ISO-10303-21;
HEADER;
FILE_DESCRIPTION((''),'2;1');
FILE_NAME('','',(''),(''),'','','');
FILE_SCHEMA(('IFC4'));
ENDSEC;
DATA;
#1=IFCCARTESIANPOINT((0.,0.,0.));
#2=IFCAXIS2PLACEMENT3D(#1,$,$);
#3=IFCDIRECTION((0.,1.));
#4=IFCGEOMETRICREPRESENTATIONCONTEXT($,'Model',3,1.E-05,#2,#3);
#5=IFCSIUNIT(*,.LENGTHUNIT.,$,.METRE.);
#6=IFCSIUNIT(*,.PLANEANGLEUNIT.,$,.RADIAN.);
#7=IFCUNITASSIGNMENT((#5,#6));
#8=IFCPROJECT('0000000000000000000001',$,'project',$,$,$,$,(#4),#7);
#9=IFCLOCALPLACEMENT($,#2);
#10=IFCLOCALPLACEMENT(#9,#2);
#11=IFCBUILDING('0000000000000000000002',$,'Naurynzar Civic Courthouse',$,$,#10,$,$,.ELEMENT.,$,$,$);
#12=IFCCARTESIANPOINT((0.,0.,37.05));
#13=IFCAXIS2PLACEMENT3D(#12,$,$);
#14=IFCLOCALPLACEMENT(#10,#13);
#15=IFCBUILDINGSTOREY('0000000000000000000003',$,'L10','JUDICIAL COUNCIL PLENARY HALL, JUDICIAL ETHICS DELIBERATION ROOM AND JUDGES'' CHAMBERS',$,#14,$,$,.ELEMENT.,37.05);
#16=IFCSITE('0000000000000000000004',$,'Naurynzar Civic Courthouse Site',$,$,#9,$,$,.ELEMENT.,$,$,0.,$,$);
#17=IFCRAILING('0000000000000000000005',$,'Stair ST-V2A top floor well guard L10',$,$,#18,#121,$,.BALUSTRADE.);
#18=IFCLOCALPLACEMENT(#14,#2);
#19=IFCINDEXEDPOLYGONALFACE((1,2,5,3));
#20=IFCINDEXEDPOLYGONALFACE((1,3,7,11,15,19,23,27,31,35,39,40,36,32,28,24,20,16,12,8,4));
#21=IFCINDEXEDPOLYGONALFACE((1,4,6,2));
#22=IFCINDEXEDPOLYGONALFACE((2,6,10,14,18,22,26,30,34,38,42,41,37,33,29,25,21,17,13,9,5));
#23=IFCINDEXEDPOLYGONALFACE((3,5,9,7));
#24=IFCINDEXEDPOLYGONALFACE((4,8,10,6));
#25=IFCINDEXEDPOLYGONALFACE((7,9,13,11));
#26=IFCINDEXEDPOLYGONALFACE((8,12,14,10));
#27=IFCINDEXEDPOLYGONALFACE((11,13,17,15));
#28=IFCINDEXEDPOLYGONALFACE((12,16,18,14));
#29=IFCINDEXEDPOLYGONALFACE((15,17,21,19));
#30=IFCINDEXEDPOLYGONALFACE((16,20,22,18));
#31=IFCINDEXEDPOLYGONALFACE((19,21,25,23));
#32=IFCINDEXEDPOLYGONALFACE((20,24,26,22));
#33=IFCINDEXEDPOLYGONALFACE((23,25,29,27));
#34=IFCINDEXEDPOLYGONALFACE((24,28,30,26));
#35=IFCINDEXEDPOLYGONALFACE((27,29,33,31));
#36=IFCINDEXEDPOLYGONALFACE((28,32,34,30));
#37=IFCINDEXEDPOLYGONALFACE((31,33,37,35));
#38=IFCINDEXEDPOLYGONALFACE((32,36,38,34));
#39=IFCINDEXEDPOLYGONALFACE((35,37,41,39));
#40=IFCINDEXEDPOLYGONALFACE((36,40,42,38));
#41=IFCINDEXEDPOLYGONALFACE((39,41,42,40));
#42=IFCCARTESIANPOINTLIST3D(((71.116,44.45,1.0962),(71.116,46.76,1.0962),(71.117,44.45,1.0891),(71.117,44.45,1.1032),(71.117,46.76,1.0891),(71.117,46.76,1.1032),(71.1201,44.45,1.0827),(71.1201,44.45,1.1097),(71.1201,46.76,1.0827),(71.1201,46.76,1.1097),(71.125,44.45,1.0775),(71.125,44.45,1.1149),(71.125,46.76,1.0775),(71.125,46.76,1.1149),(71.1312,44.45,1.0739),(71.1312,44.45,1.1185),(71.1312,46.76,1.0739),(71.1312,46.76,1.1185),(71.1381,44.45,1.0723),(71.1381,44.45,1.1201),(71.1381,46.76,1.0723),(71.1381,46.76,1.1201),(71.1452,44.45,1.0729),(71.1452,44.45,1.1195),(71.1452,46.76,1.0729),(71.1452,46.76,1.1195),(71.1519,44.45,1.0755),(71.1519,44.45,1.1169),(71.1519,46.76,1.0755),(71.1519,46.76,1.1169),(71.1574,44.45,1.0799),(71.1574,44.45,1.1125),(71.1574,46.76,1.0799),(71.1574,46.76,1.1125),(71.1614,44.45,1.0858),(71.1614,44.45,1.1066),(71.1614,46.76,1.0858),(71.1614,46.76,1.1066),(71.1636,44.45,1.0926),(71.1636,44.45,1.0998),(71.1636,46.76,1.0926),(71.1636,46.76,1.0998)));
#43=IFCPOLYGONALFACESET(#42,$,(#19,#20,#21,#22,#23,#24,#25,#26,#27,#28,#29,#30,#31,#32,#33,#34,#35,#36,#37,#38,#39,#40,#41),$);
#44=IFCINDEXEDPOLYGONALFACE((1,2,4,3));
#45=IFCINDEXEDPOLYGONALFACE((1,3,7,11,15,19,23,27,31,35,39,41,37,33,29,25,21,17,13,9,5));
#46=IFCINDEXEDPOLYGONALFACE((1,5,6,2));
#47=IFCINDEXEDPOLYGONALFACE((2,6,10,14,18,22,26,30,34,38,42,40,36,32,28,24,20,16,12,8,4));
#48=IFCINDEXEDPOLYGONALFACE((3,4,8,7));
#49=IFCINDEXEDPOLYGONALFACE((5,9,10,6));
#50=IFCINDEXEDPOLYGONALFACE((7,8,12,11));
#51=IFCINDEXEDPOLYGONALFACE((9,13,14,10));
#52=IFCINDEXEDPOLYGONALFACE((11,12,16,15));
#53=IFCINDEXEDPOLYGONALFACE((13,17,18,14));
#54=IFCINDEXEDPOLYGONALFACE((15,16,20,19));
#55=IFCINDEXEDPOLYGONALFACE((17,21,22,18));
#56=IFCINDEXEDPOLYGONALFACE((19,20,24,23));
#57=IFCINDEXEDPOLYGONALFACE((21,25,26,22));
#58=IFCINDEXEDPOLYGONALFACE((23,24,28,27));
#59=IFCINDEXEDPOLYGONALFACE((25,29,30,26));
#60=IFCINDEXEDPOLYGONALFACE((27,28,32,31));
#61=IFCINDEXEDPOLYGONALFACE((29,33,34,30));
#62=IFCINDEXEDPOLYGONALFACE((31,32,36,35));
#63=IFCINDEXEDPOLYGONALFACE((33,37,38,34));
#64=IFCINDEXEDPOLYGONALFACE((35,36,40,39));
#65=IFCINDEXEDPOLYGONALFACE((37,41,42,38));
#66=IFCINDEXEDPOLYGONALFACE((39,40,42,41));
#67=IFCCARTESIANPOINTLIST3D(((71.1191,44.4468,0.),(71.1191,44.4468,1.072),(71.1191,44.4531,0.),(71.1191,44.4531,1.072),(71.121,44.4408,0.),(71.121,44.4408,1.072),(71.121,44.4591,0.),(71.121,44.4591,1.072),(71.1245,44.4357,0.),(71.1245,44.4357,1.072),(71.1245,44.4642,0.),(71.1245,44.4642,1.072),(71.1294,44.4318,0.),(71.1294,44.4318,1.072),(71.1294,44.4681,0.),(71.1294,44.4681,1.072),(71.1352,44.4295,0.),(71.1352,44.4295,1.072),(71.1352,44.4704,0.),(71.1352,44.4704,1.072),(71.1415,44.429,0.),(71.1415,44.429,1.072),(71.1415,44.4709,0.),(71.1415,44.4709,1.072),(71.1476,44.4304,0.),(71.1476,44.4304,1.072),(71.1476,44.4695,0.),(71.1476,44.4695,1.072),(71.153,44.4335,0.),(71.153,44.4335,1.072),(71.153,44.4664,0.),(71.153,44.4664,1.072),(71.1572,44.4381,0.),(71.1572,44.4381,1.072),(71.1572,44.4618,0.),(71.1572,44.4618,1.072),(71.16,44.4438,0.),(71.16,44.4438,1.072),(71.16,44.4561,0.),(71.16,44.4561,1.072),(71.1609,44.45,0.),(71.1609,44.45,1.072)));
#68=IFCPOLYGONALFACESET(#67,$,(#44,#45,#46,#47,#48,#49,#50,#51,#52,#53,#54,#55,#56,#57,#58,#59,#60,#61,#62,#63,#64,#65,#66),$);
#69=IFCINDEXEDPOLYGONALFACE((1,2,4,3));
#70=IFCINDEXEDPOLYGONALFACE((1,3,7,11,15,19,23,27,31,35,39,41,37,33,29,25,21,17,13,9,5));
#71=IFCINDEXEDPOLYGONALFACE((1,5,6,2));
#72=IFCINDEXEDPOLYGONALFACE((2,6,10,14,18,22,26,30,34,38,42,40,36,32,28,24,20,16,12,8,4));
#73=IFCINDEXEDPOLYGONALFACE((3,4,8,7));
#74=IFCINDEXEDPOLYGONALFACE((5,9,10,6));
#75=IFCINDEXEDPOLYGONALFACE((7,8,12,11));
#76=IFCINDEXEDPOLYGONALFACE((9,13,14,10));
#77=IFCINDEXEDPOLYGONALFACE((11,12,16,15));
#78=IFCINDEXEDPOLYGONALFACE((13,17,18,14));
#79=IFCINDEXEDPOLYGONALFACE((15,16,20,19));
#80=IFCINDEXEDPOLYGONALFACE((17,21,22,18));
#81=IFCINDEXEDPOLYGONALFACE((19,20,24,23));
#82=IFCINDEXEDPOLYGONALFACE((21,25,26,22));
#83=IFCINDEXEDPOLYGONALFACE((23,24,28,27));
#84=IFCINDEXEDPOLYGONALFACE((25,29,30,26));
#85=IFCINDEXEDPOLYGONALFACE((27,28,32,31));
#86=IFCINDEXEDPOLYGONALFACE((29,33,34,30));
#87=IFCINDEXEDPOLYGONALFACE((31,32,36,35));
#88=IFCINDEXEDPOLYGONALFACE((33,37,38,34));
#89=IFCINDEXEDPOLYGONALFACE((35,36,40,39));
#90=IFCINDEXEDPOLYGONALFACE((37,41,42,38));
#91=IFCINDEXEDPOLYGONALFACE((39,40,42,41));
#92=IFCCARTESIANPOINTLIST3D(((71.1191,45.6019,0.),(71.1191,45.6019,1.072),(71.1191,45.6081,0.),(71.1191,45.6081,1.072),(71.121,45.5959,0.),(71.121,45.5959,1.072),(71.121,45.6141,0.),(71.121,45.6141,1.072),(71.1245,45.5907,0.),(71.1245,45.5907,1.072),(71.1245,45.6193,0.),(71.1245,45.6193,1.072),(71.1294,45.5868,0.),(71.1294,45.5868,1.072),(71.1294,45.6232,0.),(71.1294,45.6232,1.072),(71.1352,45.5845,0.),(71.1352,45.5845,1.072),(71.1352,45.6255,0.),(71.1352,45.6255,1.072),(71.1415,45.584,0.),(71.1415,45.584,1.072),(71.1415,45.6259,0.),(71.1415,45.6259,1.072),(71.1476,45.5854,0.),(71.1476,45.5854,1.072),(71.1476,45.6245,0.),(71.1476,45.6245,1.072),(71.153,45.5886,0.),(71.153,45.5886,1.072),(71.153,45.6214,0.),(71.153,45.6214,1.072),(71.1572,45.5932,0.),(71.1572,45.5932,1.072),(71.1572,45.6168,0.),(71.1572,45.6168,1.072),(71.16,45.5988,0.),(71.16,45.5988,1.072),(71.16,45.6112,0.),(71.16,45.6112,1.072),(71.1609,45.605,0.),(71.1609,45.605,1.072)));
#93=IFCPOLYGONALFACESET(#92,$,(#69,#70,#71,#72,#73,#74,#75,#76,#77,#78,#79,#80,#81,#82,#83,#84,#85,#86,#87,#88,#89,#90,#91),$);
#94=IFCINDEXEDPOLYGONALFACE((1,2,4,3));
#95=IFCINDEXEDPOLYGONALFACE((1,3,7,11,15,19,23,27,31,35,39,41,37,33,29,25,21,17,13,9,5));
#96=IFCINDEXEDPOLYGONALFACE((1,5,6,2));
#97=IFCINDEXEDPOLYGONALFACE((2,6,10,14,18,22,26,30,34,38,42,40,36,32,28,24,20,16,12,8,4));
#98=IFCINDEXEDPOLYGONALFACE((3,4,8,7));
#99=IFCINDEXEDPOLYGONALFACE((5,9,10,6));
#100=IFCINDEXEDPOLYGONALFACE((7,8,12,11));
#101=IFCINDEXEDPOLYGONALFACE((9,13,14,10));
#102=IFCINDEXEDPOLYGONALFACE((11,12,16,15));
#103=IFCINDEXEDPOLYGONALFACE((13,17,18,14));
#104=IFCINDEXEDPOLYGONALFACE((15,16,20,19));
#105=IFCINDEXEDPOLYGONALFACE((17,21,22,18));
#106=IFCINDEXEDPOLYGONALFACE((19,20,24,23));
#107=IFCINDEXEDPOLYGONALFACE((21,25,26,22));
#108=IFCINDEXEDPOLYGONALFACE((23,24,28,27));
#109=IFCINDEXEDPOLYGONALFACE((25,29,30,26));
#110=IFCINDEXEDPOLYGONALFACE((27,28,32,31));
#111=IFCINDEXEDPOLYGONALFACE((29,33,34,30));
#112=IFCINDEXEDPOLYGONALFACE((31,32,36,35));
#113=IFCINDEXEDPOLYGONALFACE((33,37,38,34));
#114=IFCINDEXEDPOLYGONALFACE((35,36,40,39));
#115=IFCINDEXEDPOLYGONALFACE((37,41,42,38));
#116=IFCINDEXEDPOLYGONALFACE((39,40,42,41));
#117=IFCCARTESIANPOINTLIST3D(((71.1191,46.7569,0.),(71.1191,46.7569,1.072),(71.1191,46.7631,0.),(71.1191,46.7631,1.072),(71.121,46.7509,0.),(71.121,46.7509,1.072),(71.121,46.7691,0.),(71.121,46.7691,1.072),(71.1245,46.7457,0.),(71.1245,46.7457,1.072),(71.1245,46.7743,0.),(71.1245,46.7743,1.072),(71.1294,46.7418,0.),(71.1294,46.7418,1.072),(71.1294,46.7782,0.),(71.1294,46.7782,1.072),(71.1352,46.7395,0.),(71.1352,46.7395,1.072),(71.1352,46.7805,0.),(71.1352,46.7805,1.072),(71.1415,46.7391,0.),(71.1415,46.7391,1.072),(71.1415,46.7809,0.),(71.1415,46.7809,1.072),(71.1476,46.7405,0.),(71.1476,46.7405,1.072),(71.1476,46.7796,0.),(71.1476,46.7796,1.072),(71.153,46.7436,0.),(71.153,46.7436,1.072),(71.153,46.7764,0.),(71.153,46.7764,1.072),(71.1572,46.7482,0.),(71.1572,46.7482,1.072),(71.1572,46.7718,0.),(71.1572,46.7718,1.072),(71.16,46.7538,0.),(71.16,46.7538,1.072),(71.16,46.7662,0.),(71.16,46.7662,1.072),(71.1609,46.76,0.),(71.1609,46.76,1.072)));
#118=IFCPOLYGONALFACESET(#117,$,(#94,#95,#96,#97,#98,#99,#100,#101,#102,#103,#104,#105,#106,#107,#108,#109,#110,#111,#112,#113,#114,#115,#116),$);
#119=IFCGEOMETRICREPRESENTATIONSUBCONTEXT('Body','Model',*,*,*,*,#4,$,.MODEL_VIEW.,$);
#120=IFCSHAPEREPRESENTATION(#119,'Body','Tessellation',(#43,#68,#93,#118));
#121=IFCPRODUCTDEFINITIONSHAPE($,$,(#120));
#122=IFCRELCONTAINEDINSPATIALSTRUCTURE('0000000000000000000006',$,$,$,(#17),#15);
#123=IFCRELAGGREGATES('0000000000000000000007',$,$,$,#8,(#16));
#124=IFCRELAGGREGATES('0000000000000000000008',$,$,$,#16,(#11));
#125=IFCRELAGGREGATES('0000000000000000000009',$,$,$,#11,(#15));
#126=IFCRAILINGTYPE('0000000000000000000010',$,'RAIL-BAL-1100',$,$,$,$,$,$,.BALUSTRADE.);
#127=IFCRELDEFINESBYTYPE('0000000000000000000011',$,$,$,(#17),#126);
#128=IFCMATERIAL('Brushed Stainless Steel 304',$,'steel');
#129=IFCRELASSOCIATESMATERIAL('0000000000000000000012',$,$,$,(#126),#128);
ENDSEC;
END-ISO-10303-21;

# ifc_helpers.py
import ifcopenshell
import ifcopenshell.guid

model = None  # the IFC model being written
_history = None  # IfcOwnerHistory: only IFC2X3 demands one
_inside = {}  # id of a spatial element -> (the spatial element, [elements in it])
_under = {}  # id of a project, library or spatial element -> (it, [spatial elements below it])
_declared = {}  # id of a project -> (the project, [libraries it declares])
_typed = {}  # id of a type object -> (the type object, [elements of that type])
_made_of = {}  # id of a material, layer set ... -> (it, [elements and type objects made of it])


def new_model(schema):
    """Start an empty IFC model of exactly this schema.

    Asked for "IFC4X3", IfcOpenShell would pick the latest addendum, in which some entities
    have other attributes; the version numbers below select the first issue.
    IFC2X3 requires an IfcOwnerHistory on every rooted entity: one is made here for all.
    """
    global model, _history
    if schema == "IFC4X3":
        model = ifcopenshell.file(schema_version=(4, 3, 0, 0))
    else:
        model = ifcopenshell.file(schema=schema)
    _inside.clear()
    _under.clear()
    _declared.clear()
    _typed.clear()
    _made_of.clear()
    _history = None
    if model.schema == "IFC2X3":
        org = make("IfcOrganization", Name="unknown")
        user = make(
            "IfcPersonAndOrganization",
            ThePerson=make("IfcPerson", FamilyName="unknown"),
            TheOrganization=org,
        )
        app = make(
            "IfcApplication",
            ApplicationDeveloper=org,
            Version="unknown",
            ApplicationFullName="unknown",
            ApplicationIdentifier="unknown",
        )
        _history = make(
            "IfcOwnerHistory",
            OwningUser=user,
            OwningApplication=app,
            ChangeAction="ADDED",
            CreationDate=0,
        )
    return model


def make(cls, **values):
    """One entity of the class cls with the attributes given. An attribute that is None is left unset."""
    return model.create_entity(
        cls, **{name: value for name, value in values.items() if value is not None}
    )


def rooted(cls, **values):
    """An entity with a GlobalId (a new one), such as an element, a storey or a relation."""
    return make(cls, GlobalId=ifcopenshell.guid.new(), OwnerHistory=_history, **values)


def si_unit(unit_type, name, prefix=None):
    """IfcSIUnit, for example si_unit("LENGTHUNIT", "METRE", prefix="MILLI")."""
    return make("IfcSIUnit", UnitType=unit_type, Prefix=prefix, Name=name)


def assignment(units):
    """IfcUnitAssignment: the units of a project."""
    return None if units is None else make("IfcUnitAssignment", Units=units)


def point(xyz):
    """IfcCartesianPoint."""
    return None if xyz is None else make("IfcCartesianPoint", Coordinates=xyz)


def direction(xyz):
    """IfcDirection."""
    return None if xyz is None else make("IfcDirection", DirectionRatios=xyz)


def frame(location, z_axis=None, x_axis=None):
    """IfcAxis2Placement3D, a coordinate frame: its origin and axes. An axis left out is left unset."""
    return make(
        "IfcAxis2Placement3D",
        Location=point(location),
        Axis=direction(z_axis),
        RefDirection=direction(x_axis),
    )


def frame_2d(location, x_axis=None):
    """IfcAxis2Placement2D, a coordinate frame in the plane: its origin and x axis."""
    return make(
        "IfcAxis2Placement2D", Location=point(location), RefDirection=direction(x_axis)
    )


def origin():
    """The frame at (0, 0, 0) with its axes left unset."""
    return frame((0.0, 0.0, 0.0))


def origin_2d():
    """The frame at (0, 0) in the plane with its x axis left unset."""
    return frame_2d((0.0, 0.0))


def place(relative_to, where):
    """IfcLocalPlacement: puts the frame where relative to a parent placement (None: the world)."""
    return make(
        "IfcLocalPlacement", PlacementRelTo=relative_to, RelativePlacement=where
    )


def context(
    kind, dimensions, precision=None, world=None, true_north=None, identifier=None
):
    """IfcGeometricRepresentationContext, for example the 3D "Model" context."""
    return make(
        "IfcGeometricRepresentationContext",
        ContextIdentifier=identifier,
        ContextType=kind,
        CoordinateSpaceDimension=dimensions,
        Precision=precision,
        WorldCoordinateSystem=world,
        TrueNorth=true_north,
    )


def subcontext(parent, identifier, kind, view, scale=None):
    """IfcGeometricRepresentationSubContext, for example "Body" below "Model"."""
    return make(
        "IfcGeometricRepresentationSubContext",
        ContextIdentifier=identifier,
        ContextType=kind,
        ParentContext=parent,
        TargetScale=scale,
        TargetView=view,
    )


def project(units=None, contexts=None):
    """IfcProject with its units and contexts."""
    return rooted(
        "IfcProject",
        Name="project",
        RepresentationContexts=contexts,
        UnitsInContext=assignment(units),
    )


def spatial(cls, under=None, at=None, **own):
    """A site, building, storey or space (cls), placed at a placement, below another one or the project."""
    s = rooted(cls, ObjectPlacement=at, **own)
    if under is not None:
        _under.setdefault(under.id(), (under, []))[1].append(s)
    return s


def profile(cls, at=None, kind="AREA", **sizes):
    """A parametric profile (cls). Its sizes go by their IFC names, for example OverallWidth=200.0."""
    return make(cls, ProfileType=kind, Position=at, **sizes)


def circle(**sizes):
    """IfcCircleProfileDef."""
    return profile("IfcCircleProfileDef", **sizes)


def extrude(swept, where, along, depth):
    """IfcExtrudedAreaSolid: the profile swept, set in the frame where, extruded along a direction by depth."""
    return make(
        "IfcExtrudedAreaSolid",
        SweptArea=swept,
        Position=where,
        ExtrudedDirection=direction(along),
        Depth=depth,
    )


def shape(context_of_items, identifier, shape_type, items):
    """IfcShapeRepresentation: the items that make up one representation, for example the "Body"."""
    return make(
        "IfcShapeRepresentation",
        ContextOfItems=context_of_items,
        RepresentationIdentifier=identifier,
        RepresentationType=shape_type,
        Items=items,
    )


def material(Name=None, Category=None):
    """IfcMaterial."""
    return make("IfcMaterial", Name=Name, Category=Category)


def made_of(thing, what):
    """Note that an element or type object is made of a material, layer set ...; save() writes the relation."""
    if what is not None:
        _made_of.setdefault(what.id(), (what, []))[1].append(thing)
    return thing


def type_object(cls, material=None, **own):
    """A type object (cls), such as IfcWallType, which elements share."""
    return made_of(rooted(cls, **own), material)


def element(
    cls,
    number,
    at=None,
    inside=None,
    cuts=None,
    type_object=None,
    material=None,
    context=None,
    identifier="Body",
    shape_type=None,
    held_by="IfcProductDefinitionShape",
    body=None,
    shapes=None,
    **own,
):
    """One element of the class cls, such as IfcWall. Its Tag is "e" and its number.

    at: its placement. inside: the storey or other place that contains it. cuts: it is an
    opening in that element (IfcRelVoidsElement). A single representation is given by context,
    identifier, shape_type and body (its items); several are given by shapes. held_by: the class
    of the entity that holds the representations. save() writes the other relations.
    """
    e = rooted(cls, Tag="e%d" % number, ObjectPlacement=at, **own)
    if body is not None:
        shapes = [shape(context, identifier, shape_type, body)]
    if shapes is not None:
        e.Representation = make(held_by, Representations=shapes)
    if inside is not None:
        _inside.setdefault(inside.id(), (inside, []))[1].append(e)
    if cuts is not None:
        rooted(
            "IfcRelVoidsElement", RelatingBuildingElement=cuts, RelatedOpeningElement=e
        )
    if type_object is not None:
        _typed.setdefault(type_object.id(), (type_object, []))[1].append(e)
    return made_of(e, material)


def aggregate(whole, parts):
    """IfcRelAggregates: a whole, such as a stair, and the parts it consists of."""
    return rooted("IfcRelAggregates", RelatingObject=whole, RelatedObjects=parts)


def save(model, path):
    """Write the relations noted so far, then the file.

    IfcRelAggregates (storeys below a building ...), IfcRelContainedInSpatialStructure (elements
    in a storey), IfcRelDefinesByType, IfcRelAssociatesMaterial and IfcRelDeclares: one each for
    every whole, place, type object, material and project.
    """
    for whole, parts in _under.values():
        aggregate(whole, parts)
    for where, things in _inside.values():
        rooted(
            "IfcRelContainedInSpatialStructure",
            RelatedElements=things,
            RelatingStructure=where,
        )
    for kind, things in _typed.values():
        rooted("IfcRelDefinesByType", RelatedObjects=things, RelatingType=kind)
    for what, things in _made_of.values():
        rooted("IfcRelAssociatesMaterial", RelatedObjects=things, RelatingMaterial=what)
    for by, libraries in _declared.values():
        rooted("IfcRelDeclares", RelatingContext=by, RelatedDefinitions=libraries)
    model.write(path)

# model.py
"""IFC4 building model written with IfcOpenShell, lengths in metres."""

from ifc_helpers import new_model, si_unit, direction, frame, origin, origin_2d, place, context, subcontext, project, spatial, circle, extrude, material, type_object, element, save


model = new_model("IFC4")

# Units and contexts
model_context = context("Model", 3, precision=1e-05, world=origin(), true_north=direction((0.0, 1.0)))
body_context = subcontext(model_context, "Body", "Model", "MODEL_VIEW")
ifc_project = project(units=[si_unit("LENGTHUNIT", "METRE"), si_unit("PLANEANGLEUNIT", "RADIAN")], contexts=[model_context])

# Site, building, storey
site_placement = place(None, origin())
site = spatial("IfcSite", under=ifc_project, at=site_placement, Name="Naurynzar Civic Courthouse Site", CompositionType="ELEMENT", RefElevation=0.0)
building_placement = place(site_placement, origin())
building = spatial("IfcBuilding", under=site, at=building_placement, Name="Naurynzar Civic Courthouse", CompositionType="ELEMENT")
storey_placement = place(building_placement, frame((0.0, 0.0, 37.05)))
storey = spatial("IfcBuildingStorey", under=building, at=storey_placement, Name="L10", Description="JUDICIAL COUNCIL PLENARY HALL, JUDICIAL ETHICS DELIBERATION ROOM AND JUDGES' CHAMBERS", CompositionType="ELEMENT", Elevation=37.05)

# Railing
ifc_material_1 = material(Name="Brushed Stainless Steel 304", Category="steel")
railing_type = type_object("IfcRailingType", Name="RAIL-BAL-1100", PredefinedType="BALUSTRADE", material=ifc_material_1)
railing_placement = place(storey_placement, frame((71.1399, 44.45, 0.0)))
element("IfcRailing", 1, at=railing_placement, inside=storey, type_object=railing_type, Name="Stair ST-V2A top floor well guard L10", PredefinedType="BALUSTRADE", context=body_context, shape_type="SweptSolid", body=[
    extrude(circle(Radius=0.0239, at=origin_2d()), frame((0.0, 0.0, 1.0962), z_axis=(0.0, 1.0, 0.0), x_axis=(-1.0, 0.0, 0.0)), (0.0, 0.0, 1.0), 2.3101),
    extrude(circle(Radius=0.021, at=origin_2d()), origin(), (0.0, 0.0, 1.0), 1.072),
    extrude(circle(Radius=0.021, at=origin_2d()), frame((0.0, 1.155, 0.0)), (0.0, 0.0, 1.0), 1.072),
    extrude(circle(Radius=0.021, at=origin_2d()), frame((0.0, 2.3101, 0.0)), (0.0, 0.0, 1.0), 1.072),
])

save(model, "model.ifc")
